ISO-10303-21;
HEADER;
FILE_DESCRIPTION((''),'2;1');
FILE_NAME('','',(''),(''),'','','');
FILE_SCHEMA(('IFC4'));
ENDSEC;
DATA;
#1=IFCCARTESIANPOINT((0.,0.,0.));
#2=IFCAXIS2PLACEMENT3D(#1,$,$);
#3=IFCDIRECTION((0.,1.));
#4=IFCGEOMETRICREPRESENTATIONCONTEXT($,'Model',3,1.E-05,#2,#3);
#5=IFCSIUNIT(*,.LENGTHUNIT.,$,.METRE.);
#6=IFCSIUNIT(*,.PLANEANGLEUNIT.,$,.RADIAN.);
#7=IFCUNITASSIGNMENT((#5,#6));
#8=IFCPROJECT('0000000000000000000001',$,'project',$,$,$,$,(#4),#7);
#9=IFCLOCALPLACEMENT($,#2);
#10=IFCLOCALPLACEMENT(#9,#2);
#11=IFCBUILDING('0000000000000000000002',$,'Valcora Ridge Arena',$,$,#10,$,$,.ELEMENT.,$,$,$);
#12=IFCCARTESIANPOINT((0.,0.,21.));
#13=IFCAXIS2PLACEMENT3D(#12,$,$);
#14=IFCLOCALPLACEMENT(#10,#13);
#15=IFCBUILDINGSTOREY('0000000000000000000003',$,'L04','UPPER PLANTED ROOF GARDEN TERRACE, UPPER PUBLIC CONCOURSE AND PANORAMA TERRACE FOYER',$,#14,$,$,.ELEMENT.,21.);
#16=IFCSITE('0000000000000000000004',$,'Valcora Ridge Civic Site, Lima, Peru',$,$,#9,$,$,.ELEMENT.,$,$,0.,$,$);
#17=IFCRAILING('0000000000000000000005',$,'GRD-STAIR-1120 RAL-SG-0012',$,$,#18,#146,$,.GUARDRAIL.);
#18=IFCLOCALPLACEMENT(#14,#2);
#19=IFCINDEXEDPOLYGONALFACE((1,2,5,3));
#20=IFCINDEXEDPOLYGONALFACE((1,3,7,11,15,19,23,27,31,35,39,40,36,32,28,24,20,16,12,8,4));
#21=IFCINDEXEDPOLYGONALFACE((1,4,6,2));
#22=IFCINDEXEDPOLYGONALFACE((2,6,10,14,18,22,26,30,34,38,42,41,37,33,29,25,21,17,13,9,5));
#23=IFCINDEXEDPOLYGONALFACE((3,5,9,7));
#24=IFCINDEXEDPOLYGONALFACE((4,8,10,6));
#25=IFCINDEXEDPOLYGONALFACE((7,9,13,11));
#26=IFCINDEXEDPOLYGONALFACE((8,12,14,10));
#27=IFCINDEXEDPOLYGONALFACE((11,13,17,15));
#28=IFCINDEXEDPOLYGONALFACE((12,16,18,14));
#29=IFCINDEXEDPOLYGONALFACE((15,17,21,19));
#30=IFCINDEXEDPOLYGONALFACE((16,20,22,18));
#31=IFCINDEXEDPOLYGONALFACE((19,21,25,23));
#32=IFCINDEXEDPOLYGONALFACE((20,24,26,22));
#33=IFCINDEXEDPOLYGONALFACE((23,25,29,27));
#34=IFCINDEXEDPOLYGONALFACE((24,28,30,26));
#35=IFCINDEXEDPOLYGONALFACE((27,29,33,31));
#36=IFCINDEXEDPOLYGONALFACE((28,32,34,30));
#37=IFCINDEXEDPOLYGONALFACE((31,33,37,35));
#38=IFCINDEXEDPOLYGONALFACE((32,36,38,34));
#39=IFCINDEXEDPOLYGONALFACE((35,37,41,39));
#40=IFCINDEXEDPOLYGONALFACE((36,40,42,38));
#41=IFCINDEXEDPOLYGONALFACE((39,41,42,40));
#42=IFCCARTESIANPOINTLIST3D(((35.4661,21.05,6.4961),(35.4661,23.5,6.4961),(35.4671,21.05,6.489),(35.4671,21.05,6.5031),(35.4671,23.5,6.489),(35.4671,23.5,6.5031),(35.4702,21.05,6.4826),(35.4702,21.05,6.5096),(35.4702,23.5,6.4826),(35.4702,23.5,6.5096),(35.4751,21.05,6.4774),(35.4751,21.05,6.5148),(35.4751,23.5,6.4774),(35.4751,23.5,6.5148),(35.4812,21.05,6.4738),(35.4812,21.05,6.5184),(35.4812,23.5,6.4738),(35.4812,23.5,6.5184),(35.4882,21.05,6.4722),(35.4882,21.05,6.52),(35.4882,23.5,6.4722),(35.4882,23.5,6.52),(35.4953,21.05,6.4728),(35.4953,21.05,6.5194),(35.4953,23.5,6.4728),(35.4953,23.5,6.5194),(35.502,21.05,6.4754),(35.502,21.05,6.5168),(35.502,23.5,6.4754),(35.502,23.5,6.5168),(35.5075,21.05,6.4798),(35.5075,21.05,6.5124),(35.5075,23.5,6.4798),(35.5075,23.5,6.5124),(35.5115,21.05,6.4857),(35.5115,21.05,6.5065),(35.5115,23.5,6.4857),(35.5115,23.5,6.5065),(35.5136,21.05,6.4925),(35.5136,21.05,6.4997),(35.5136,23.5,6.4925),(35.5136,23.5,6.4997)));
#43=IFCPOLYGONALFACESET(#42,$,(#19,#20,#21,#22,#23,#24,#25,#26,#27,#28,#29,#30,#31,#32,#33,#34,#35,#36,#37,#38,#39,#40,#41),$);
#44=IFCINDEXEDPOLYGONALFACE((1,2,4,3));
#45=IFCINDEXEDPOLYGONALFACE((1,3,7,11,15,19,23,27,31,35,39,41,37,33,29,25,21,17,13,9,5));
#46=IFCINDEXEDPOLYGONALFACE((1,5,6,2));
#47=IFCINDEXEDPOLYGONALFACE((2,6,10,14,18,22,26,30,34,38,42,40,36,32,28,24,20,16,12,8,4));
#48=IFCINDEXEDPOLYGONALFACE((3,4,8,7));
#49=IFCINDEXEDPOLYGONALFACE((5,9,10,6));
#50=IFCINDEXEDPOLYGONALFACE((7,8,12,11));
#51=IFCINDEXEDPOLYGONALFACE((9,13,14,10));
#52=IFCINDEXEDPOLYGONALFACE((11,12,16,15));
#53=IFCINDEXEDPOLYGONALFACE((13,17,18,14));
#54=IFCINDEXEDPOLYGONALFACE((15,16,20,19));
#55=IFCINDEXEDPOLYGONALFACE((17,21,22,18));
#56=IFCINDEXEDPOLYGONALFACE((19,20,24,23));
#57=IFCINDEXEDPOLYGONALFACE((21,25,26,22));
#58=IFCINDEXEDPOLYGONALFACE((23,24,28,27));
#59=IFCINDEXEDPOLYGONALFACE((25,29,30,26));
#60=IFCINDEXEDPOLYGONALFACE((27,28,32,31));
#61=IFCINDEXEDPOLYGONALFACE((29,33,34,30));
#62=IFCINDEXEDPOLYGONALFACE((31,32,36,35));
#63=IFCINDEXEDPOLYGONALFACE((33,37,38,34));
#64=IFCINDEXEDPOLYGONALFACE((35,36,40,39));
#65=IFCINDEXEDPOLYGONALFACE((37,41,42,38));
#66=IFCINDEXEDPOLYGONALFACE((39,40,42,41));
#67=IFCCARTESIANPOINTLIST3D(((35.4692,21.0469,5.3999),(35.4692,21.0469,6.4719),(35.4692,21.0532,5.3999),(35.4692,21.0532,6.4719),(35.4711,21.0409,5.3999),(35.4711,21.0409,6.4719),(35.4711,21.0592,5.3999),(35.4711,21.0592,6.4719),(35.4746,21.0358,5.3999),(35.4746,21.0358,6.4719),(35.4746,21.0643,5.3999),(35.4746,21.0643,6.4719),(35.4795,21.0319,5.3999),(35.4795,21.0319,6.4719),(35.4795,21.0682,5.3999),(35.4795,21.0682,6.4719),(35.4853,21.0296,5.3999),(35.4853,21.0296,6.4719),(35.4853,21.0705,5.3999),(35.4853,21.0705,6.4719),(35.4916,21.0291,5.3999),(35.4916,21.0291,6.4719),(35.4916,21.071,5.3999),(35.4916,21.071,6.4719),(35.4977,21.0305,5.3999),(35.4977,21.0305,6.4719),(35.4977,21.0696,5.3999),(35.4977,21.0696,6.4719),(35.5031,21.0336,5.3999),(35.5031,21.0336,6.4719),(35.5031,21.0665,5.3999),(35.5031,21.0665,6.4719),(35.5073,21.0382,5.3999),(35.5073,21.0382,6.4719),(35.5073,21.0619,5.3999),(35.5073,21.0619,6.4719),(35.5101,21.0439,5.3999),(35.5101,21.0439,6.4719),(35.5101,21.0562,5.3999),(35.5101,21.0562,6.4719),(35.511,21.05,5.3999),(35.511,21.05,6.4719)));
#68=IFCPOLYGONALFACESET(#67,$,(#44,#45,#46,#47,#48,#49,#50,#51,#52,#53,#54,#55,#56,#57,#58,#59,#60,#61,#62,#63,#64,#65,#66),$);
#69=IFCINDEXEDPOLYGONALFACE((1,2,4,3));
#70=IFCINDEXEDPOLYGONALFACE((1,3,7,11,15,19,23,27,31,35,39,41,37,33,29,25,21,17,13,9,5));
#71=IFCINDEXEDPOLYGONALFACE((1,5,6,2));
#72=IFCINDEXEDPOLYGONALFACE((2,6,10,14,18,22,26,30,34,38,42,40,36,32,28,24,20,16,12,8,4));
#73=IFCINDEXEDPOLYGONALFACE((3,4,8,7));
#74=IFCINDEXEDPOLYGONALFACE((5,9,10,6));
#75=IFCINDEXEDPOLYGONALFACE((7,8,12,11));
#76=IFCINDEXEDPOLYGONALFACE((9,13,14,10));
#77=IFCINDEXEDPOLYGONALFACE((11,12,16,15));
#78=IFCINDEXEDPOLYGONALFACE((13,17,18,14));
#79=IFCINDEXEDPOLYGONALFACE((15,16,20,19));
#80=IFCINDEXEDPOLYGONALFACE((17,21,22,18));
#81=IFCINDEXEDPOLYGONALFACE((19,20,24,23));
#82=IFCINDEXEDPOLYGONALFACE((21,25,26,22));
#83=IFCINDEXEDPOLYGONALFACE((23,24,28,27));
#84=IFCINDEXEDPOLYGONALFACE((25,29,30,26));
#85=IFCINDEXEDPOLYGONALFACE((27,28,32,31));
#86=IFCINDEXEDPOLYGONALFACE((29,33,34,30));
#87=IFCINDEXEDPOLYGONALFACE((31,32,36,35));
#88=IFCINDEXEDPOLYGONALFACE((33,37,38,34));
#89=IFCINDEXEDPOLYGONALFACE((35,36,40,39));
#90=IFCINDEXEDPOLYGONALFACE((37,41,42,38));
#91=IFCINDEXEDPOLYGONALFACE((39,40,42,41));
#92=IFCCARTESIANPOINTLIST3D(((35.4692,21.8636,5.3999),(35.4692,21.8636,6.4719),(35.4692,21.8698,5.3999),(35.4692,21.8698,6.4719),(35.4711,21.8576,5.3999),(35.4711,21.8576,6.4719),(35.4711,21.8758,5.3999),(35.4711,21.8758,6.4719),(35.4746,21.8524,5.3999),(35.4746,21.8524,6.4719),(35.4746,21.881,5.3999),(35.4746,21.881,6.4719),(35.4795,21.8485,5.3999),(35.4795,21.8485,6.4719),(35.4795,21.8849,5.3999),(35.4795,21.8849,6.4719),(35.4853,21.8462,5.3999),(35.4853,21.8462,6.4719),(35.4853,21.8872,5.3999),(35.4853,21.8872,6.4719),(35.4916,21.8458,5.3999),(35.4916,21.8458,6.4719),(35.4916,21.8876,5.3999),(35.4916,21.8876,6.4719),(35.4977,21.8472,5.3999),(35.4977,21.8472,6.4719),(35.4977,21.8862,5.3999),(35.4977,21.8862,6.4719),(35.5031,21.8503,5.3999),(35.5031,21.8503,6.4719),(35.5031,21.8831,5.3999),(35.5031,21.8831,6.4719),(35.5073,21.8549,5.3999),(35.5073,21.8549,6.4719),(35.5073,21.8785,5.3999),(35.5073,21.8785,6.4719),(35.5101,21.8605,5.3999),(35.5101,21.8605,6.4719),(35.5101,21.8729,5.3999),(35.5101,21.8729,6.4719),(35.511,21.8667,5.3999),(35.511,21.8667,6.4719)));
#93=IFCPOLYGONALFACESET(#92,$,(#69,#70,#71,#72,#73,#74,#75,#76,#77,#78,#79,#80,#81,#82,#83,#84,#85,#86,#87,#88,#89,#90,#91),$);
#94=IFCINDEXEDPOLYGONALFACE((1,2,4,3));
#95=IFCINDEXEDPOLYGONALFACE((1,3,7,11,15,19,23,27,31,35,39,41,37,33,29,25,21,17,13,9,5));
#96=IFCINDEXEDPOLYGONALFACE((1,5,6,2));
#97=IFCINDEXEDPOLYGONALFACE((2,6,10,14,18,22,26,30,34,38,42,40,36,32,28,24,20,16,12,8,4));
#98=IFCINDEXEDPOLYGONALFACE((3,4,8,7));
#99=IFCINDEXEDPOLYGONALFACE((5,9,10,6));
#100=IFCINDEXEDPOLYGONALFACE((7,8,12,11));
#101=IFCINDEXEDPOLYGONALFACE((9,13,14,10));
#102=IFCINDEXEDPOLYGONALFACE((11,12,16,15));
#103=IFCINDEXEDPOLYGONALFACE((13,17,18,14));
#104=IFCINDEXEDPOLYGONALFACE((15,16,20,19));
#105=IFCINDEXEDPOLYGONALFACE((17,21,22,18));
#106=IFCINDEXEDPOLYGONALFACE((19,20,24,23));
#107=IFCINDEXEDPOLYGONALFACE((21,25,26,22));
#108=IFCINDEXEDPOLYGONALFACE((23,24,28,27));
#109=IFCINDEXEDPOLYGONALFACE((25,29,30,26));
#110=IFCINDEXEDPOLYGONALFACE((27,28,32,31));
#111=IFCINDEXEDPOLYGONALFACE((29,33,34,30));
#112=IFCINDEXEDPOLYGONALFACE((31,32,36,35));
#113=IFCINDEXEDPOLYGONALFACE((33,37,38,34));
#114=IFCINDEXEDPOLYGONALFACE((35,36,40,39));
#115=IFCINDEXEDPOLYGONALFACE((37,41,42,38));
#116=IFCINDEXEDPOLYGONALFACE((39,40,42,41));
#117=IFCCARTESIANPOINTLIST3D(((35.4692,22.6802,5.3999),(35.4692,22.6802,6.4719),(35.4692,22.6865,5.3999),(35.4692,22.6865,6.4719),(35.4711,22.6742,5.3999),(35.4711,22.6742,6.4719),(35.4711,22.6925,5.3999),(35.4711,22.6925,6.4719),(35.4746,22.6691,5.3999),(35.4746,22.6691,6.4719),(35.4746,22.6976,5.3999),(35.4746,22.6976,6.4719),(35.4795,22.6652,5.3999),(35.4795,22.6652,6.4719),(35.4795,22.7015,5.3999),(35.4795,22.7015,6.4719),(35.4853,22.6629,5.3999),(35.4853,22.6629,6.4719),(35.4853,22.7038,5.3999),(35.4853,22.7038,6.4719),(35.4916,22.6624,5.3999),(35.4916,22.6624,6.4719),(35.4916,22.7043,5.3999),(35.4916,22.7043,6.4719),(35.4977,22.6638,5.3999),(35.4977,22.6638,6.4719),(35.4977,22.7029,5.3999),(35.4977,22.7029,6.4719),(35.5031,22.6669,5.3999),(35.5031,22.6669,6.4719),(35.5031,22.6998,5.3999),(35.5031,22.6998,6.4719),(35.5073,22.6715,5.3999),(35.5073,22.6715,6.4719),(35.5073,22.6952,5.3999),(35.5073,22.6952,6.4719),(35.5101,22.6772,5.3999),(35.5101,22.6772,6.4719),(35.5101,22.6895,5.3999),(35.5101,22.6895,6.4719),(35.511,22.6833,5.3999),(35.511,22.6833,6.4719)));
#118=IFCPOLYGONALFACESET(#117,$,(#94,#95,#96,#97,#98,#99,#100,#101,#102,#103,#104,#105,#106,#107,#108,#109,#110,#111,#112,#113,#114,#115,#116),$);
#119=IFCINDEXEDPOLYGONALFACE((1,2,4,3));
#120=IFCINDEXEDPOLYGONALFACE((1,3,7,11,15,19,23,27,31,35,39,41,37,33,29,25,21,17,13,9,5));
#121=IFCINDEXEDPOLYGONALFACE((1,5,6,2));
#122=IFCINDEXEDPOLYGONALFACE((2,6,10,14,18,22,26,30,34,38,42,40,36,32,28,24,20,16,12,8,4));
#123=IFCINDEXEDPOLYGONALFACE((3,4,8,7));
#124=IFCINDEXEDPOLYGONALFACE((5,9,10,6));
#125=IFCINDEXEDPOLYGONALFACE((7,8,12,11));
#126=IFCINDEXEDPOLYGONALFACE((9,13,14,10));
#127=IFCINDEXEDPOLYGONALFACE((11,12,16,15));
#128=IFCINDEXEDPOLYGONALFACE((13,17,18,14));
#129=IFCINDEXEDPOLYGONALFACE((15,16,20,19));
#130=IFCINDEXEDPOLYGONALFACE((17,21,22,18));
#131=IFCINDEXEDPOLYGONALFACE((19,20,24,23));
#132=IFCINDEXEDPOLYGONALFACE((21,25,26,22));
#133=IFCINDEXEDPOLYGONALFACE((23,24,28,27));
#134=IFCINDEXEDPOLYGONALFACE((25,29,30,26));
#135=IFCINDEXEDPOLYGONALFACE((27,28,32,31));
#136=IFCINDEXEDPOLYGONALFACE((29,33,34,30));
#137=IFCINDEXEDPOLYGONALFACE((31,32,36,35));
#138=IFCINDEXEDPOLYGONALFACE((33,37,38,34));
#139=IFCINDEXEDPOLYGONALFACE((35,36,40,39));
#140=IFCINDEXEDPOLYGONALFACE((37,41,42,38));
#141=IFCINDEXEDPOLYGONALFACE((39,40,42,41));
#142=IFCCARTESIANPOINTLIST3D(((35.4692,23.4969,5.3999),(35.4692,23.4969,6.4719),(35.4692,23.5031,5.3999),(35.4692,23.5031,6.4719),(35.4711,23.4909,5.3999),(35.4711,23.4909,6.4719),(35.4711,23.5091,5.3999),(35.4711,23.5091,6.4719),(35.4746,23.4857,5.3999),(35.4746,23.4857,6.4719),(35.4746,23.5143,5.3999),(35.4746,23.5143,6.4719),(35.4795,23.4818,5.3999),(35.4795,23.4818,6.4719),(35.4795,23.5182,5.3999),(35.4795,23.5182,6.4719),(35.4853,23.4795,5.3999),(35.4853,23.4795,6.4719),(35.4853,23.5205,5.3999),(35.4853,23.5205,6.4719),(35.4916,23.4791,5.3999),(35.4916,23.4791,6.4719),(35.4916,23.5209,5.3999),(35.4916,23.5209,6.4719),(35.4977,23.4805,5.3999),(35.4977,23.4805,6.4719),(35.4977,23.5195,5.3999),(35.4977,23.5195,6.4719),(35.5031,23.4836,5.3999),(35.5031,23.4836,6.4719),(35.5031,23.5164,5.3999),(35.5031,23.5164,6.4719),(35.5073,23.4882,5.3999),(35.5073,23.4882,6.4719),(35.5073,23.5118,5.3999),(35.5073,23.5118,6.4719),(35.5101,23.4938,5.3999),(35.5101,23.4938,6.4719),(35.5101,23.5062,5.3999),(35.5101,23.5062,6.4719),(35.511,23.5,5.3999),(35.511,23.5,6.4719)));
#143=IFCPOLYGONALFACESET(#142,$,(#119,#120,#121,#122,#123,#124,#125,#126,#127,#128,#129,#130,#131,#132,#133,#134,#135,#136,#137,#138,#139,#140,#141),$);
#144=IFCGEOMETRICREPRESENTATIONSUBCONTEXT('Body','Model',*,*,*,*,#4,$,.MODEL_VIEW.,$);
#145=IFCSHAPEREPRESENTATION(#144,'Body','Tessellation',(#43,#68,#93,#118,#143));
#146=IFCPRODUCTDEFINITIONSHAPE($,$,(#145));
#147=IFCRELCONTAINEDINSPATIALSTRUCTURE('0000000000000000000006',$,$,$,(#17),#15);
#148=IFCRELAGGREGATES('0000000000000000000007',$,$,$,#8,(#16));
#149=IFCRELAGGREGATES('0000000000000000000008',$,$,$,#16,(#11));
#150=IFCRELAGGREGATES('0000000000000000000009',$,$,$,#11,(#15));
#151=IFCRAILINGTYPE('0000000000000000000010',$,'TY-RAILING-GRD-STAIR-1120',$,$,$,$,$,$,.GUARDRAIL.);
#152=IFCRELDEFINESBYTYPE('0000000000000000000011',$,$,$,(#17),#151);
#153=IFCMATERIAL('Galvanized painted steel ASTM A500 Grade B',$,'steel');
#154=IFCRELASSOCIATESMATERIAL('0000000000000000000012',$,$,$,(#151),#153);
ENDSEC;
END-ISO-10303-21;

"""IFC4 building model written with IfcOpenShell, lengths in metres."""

from ifc_helpers import new_model, si_unit, direction, frame, origin, origin_2d, place, context, subcontext, project, spatial, circle, extrude, material, type_object, element, save


model = new_model("IFC4")

# Units and contexts
model_context = context("Model", 3, precision=1e-05, world=origin(), true_north=direction((0.0, 1.0)))
body_context = subcontext(model_context, "Body", "Model", "MODEL_VIEW")
ifc_project = project(units=[si_unit("LENGTHUNIT", "METRE"), si_unit("PLANEANGLEUNIT", "RADIAN")], contexts=[model_context])

# Site, building, storey
site_placement = place(None, origin())
site = spatial("IfcSite", under=ifc_project, at=site_placement, Name="Valcora Ridge Civic Site, Lima, Peru", CompositionType="ELEMENT", RefElevation=0.0)
building_placement = place(site_placement, origin())
building = spatial("IfcBuilding", under=site, at=building_placement, Name="Valcora Ridge Arena", CompositionType="ELEMENT")
storey_placement = place(building_placement, frame((0.0, 0.0, 21.0)))
storey = spatial("IfcBuildingStorey", under=building, at=storey_placement, Name="L04", Description="UPPER PLANTED ROOF GARDEN TERRACE, UPPER PUBLIC CONCOURSE AND PANORAMA TERRACE FOYER", CompositionType="ELEMENT", Elevation=21.0)

# Railing
ifc_material_1 = material(Name="Galvanized painted steel ASTM A500 Grade B", Category="steel")
railing_type_1 = type_object("IfcRailingType", Name="TY-RAILING-GRD-STAIR-1120", PredefinedType="GUARDRAIL", material=ifc_material_1)
railing_1_placement = place(storey_placement, frame((35.49, 21.05, 5.3999)))
element("IfcRailing", 1, at=railing_1_placement, inside=storey, type_object=railing_type_1, Name="GRD-STAIR-1120 RAL-SG-0012", PredefinedType="GUARDRAIL", context=body_context, shape_type="SweptSolid", body=[
    extrude(circle(Radius=0.0239, at=origin_2d()), frame((0.0, 0.0, 1.0962), z_axis=(0.0, 1.0, 0.0), x_axis=(-1.0, 0.0, 0.0)), (0.0, 0.0, 1.0), 2.45),
    extrude(circle(Radius=0.021, at=origin_2d()), origin(), (0.0, 0.0, 1.0), 1.072),
    extrude(circle(Radius=0.021, at=origin_2d()), frame((0.0, 0.8167, 0.0)), (0.0, 0.0, 1.0), 1.072),
    extrude(circle(Radius=0.021, at=origin_2d()), frame((0.0, 1.6333, 0.0)), (0.0, 0.0, 1.0), 1.072),
    extrude(circle(Radius=0.021, at=origin_2d()), frame((0.0, 2.45, 0.0)), (0.0, 0.0, 1.0), 1.072),
])

save(model, "model.ifc")
